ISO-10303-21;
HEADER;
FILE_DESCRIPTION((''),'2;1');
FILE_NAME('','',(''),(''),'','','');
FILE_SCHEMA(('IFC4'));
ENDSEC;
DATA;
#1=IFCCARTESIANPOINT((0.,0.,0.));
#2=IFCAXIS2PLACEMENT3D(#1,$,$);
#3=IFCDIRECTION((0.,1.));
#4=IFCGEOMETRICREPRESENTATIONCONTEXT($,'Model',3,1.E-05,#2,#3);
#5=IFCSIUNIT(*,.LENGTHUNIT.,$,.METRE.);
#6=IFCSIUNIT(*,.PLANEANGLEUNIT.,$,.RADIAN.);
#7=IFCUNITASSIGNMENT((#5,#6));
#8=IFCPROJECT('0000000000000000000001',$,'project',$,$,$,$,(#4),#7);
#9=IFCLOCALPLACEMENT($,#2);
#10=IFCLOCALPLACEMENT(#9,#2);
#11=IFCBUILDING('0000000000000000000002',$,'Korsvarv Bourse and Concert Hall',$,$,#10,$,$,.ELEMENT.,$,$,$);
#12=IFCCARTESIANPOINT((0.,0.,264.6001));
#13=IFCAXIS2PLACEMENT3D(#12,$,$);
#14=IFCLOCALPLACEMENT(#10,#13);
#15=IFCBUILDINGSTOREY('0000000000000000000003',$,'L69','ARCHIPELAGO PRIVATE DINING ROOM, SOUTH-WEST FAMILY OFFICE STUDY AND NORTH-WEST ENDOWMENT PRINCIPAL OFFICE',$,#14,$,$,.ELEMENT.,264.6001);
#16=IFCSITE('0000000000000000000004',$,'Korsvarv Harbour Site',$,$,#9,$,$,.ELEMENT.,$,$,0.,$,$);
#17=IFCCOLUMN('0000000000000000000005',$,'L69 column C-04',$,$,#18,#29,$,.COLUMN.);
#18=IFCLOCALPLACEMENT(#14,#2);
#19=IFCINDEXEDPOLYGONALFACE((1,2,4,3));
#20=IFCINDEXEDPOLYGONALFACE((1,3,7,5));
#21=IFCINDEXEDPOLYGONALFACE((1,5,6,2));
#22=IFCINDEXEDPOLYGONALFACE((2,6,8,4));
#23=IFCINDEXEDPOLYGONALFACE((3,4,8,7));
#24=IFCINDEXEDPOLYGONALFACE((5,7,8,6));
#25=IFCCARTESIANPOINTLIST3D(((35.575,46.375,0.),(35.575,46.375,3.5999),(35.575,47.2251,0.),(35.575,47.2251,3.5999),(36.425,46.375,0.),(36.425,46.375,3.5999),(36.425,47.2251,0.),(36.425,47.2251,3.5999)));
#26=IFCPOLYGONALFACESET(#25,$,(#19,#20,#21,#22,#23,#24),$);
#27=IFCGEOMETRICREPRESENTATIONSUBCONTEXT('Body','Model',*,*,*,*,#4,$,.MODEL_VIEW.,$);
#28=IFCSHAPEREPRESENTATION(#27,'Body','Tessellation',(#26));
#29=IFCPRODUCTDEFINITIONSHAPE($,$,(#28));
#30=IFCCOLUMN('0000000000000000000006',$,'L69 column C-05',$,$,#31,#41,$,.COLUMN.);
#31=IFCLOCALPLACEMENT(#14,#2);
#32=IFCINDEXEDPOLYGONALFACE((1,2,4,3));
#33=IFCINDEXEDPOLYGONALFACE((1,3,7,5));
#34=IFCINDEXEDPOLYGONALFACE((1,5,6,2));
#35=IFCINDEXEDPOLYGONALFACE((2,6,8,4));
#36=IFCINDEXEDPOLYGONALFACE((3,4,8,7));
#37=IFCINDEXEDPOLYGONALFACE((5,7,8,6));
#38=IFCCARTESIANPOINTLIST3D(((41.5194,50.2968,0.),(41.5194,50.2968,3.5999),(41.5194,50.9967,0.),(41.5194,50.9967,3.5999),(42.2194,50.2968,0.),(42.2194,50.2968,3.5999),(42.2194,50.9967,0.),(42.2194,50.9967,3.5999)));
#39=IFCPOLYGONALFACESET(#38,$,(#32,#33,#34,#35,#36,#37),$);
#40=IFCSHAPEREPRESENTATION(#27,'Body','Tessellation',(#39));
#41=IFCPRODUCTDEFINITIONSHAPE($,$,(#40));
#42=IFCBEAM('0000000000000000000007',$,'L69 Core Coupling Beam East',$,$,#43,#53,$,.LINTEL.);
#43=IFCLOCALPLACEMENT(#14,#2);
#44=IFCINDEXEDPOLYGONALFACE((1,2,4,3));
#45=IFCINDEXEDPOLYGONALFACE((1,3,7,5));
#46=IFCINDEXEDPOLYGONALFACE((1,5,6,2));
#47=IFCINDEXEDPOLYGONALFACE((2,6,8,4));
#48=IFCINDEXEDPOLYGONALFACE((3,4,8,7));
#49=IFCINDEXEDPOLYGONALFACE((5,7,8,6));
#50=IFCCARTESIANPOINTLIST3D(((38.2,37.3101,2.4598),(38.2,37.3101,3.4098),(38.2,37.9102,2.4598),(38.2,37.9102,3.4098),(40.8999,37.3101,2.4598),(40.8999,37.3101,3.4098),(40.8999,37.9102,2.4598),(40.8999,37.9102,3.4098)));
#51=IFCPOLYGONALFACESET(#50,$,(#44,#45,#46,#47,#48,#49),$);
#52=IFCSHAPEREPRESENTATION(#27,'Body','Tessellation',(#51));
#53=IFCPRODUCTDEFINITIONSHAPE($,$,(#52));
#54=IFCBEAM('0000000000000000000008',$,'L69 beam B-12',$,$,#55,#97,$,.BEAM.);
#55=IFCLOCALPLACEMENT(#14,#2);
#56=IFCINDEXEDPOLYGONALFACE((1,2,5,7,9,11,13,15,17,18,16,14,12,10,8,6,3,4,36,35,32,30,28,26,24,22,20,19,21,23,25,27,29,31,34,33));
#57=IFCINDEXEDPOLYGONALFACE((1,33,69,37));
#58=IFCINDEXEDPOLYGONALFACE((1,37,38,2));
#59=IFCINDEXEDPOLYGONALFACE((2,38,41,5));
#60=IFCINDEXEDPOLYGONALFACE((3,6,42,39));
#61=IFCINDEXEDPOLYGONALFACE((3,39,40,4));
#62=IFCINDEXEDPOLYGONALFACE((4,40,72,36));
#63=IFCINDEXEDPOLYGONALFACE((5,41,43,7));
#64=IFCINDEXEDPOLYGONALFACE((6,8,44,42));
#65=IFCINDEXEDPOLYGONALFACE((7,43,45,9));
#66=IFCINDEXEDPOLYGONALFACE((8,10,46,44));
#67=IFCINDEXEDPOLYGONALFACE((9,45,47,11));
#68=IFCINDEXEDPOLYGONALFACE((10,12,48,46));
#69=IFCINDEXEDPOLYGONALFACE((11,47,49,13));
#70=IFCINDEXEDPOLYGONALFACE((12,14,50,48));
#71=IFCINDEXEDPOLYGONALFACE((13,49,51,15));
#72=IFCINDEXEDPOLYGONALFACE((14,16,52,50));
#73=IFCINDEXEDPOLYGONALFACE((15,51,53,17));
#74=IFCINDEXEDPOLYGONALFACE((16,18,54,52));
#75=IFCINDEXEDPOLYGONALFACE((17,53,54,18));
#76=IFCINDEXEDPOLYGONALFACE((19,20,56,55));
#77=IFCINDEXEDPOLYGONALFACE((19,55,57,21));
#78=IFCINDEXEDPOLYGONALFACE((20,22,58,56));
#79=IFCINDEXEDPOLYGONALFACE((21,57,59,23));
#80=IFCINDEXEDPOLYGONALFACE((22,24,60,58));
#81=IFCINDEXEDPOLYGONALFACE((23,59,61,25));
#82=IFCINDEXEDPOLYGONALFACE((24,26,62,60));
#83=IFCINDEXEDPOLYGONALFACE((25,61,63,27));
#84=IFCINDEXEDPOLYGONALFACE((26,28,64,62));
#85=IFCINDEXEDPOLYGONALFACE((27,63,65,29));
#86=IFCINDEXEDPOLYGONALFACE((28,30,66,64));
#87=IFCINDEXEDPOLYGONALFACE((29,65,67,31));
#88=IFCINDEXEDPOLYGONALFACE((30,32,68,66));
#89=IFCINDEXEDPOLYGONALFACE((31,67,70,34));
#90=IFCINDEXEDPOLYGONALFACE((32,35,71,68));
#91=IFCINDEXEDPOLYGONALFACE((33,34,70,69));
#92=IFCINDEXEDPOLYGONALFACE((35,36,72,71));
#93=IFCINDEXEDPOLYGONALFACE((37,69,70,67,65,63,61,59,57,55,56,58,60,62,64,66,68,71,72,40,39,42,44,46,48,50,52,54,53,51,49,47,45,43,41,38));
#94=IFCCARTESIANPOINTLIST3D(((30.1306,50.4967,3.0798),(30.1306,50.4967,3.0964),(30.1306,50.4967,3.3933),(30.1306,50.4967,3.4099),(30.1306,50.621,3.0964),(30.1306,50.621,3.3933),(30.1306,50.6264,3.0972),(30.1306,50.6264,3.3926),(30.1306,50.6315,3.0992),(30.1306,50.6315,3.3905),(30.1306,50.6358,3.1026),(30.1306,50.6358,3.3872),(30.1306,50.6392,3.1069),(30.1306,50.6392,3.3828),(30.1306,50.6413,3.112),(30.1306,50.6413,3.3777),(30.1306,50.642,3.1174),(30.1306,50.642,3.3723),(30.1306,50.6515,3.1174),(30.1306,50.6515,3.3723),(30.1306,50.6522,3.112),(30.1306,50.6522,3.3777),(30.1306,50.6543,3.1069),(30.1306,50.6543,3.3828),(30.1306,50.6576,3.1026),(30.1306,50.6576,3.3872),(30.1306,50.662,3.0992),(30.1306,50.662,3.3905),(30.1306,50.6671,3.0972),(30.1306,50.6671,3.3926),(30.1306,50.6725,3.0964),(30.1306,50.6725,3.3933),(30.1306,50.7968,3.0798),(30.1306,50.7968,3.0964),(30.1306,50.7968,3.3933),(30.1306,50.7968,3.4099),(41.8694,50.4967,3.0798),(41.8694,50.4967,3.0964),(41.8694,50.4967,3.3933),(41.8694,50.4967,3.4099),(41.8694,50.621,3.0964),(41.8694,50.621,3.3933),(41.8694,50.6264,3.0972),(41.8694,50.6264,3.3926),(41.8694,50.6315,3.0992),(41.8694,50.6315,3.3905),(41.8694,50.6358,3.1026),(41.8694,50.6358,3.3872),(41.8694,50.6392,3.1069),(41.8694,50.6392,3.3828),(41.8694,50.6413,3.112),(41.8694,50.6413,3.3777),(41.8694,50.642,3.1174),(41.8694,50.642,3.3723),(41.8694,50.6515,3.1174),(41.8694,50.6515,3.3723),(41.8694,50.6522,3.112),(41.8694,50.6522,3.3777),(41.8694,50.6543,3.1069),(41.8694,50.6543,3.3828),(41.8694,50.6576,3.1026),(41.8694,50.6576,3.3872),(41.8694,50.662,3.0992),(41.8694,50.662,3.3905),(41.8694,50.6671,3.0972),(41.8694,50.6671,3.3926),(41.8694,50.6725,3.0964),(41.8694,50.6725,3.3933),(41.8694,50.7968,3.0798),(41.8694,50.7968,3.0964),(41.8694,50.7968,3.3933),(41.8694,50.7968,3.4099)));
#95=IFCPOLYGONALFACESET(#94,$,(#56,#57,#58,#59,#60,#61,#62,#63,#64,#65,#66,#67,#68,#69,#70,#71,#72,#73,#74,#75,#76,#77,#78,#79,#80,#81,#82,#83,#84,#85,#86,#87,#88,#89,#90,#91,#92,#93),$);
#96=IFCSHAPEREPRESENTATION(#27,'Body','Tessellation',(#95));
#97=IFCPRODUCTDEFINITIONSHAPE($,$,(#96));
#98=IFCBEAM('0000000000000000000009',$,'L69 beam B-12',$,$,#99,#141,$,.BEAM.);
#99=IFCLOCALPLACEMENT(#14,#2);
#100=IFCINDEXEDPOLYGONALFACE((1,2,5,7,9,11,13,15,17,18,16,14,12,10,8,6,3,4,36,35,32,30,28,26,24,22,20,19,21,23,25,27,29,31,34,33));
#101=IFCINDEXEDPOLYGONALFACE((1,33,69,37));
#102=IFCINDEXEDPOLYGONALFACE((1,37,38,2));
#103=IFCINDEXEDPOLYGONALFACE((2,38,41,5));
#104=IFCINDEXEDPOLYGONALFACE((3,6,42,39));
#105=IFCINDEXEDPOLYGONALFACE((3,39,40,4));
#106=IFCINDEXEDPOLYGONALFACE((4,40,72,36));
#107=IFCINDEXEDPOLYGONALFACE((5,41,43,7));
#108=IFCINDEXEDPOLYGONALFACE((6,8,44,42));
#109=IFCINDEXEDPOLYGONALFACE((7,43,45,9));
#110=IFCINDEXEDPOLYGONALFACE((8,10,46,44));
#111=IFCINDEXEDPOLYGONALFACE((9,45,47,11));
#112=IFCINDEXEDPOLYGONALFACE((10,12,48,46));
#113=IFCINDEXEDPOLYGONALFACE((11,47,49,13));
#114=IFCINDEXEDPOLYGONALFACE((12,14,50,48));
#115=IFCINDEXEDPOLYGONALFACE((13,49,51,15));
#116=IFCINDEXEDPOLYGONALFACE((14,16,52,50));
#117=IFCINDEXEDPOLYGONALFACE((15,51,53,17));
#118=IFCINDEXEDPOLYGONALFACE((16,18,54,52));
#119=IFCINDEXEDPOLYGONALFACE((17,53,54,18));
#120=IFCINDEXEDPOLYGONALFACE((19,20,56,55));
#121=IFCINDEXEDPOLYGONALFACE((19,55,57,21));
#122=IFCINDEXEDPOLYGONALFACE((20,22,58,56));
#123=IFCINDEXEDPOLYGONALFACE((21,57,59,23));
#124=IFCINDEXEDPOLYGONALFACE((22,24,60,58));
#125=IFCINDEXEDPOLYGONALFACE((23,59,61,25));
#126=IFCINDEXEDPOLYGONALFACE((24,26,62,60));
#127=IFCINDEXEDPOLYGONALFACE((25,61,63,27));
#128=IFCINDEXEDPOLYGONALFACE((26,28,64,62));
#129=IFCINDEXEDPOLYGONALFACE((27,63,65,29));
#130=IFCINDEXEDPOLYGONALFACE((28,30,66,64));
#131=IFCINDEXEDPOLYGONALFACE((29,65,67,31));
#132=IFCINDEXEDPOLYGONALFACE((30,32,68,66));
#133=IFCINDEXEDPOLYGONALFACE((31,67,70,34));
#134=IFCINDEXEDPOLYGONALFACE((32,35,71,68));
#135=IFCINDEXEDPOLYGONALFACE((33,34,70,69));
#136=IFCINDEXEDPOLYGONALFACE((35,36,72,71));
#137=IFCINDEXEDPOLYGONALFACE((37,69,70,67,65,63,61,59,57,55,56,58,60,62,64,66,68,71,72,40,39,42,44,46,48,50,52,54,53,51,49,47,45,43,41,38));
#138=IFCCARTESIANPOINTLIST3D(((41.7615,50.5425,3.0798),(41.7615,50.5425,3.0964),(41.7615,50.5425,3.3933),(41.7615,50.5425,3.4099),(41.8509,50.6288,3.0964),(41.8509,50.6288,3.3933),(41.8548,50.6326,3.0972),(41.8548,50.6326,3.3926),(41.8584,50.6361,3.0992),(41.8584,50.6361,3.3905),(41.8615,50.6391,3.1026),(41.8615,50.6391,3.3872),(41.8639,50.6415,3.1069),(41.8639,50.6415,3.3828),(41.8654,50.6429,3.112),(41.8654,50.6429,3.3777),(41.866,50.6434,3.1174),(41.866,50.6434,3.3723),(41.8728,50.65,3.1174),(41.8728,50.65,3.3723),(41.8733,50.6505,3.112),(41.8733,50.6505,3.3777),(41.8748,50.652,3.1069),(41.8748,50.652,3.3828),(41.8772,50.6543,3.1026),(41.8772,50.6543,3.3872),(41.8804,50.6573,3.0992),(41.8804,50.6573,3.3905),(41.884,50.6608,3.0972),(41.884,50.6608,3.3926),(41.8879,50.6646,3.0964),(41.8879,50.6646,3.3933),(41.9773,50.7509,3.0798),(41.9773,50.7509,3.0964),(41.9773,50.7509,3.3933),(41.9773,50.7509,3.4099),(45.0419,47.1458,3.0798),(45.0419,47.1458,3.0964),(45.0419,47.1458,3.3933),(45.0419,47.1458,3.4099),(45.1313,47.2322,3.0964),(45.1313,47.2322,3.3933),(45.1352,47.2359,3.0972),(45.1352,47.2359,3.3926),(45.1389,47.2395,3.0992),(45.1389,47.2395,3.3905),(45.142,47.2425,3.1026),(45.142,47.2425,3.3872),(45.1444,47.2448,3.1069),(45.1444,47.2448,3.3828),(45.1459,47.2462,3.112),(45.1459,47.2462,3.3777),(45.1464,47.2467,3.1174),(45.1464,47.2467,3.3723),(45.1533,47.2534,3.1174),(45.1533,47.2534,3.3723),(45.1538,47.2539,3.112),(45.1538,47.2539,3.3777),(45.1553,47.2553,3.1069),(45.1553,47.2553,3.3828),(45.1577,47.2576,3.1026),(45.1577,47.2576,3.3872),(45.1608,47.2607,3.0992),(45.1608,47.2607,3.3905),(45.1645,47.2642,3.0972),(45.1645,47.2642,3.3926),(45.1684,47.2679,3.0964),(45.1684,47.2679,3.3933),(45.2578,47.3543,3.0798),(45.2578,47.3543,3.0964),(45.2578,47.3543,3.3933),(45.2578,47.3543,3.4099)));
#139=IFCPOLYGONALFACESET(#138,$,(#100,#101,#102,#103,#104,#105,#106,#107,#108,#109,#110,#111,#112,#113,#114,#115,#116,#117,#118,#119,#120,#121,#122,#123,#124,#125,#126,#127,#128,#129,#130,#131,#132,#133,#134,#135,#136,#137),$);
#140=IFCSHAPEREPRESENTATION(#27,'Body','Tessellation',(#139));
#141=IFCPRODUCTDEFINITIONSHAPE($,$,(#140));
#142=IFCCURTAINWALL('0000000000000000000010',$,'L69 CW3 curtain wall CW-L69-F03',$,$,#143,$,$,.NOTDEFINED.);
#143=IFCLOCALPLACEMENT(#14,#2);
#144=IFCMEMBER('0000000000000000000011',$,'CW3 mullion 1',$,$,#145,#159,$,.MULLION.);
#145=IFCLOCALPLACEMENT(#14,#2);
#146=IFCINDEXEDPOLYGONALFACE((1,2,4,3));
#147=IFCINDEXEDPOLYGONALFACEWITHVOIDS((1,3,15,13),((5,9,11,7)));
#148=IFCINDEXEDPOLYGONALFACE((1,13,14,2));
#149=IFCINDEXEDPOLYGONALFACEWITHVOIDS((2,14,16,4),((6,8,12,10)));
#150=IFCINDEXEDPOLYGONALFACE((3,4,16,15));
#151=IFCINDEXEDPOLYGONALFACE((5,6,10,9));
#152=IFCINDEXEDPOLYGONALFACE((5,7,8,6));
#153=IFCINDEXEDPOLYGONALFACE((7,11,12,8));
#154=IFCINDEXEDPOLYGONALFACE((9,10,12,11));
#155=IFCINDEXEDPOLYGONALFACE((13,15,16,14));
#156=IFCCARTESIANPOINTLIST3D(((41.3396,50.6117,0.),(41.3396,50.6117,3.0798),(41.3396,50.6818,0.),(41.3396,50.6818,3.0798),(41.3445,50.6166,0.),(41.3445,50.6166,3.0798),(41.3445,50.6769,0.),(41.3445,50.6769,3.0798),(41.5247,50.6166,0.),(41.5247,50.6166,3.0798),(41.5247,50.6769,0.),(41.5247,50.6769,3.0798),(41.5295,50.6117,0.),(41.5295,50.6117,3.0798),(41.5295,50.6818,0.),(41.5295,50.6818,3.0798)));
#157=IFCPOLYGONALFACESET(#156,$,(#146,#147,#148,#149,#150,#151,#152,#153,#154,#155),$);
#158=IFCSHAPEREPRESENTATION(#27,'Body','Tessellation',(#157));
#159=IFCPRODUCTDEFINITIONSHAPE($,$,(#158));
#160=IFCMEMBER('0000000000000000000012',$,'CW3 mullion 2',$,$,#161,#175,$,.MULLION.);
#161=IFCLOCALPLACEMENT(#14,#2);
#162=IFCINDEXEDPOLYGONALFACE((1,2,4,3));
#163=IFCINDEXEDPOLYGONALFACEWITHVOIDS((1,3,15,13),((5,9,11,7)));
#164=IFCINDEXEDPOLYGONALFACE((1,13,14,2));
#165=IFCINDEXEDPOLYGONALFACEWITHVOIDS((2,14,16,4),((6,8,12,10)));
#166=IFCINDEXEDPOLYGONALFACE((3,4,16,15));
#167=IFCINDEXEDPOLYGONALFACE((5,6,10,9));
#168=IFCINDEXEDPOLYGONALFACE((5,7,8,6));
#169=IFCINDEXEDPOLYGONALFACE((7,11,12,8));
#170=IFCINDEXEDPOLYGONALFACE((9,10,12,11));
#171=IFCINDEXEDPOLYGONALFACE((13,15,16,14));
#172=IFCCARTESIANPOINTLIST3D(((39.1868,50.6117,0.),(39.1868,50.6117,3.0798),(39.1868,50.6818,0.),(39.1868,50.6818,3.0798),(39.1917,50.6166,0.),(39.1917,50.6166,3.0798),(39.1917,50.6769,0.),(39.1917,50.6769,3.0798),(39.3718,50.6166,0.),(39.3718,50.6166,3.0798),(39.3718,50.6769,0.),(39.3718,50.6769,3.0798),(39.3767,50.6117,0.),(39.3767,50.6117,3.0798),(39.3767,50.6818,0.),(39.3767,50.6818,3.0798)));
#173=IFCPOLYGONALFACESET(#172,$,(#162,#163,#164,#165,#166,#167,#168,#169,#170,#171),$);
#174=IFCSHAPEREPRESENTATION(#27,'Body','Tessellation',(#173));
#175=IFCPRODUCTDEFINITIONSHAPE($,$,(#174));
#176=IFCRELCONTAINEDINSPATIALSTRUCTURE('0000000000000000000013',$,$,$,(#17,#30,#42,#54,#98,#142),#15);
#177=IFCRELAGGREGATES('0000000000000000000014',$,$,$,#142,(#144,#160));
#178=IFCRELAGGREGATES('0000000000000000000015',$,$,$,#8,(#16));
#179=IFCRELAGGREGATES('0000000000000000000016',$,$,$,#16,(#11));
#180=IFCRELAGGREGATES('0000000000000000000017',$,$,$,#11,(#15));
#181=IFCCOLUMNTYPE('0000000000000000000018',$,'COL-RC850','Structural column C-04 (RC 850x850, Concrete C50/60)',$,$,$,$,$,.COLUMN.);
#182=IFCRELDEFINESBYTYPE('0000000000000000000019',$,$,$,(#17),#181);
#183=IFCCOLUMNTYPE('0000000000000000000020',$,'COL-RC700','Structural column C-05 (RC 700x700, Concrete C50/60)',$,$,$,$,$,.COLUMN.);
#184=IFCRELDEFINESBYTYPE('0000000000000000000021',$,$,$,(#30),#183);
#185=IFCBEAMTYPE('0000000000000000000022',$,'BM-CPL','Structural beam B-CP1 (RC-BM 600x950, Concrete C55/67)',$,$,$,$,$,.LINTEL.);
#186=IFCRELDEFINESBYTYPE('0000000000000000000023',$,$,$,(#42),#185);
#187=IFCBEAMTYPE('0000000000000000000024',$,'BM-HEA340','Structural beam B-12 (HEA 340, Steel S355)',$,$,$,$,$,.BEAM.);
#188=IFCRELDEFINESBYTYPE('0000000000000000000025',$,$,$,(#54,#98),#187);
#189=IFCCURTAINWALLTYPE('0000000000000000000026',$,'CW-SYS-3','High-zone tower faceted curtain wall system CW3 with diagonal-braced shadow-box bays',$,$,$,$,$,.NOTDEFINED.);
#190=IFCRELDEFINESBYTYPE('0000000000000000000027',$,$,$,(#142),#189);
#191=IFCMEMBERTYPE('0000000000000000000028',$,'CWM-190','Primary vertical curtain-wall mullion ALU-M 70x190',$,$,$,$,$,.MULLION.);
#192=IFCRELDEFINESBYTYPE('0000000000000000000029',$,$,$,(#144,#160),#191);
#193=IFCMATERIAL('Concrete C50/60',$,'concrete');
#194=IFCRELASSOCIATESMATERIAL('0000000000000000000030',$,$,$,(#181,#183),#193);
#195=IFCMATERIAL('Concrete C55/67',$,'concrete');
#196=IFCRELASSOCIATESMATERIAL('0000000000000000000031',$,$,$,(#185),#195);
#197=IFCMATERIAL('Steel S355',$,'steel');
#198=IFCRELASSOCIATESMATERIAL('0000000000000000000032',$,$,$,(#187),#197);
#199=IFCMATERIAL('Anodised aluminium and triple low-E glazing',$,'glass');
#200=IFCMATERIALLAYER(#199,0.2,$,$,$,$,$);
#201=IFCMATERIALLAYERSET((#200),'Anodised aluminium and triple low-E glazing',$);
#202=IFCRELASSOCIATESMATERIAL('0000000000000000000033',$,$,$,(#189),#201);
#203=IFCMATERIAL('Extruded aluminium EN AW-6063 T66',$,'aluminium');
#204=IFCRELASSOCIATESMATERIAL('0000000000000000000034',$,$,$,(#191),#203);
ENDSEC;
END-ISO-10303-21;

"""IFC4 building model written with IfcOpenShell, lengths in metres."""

from ifc_helpers import new_model, si_unit, direction, frame, origin, origin_2d, place, context, subcontext, project, spatial, rectangle, hollow_rectangle, i_section, extrude, source, transform, mapped, material, layer, layer_set, material_profile, profile_set, type_object, element, aggregate, save


model = new_model("IFC4")

# Units and contexts
model_context = context("Model", 3, precision=1e-05, world=origin(), true_north=direction((0.0, 1.0)))
body_context = subcontext(model_context, "Body", "Model", "MODEL_VIEW")
ifc_project = project(units=[si_unit("LENGTHUNIT", "METRE"), si_unit("PLANEANGLEUNIT", "RADIAN")], contexts=[model_context])

# Site, building, storey
site_placement = place(None, origin())
site = spatial("IfcSite", under=ifc_project, at=site_placement, Name="Korsvarv Harbour Site", CompositionType="ELEMENT", RefElevation=0.0)
building_placement = place(site_placement, origin())
building = spatial("IfcBuilding", under=site, at=building_placement, Name="Korsvarv Bourse and Concert Hall", CompositionType="ELEMENT")
storey_placement = place(building_placement, frame((0.0, 0.0, 264.6001)))
storey = spatial("IfcBuildingStorey", under=building, at=storey_placement, Name="L69", Description="ARCHIPELAGO PRIVATE DINING ROOM, SOUTH-WEST FAMILY OFFICE STUDY AND NORTH-WEST ENDOWMENT PRINCIPAL OFFICE", CompositionType="ELEMENT", Elevation=264.6001)

# Columns
ifc_material_1 = material(Name="Concrete C50/60", Category="concrete")
ifc_material_profile_1 = material_profile(ifc_material_1, rectangle(XDim=0.8501, YDim=0.8501, at=origin_2d()), Name="RC 850x850")
ifc_profile_set_1 = profile_set([ifc_material_profile_1], Name="Concrete C50/60")
column_type_1 = type_object("IfcColumnType", Name="COL-RC850", Description="Structural column C-04 (RC 850x850, Concrete C50/60)", PredefinedType="COLUMN", material=ifc_profile_set_1)
shared_shape_1 = source(origin(), body_context, "Body", "SweptSolid", [
    extrude(rectangle(XDim=0.8501, YDim=0.8501, at=origin_2d()), origin(), (0.0, 0.0, 1.0), 3.5999),
])
column_1_placement = place(storey_placement, frame((36.0, 46.8, 0.0), z_axis=(0.0, 0.0, 1.0), x_axis=(1.0, 0.0, 0.0)))
element("IfcColumn", 1, at=column_1_placement, inside=storey, type_object=column_type_1, Name="L69 column C-04", PredefinedType="COLUMN", context=body_context, shape_type="MappedRepresentation", body=[
    mapped(shared_shape_1, transform((0.0, 0.0, 0.0), scale=1.0)),
])
ifc_material_profile_2 = material_profile(ifc_material_1, rectangle(XDim=0.7, YDim=0.7, at=origin_2d()), Name="RC 700x700")
ifc_profile_set_2 = profile_set([ifc_material_profile_2], Name="Concrete C50/60")
column_type_2 = type_object("IfcColumnType", Name="COL-RC700", Description="Structural column C-05 (RC 700x700, Concrete C50/60)", PredefinedType="COLUMN", material=ifc_profile_set_2)
shared_shape_2 = source(origin(), body_context, "Body", "SweptSolid", [
    extrude(rectangle(XDim=0.7, YDim=0.7, at=origin_2d()), origin(), (0.0, 0.0, 1.0), 3.5999),
])
column_2_placement = place(storey_placement, frame((41.8694, 50.6467, 0.0), z_axis=(0.0, 0.0, 1.0), x_axis=(1.0, 0.0, 0.0)))
element("IfcColumn", 2, at=column_2_placement, inside=storey, type_object=column_type_2, Name="L69 column C-05", PredefinedType="COLUMN", context=body_context, shape_type="MappedRepresentation", body=[
    mapped(shared_shape_2, transform((0.0, 0.0, 0.0), scale=1.0)),
])

# Beams
ifc_material_2 = material(Name="Concrete C55/67", Category="concrete")
ifc_material_profile_3 = material_profile(ifc_material_2, rectangle(XDim=0.6001, YDim=0.95, at=origin_2d()), Name="RC-BM 600x950")
ifc_profile_set_3 = profile_set([ifc_material_profile_3], Name="Concrete C55/67")
beam_type_1 = type_object("IfcBeamType", Name="BM-CPL", Description="Structural beam B-CP1 (RC-BM 600x950, Concrete C55/67)", PredefinedType="LINTEL", material=ifc_profile_set_3)
shared_shape_3 = source(origin(), body_context, "Body", "SweptSolid", [
    extrude(rectangle(XDim=0.6001, YDim=0.95, at=origin_2d()), origin(), (0.0, 0.0, 1.0), 2.7),
])
beam_1_placement = place(storey_placement, frame((38.2, 37.6101, 2.9348), z_axis=(1.0, 0.0, 0.0), x_axis=(0.0, 1.0, 0.0)))
element("IfcBeam", 3, at=beam_1_placement, inside=storey, type_object=beam_type_1, Name="L69 Core Coupling Beam East", PredefinedType="LINTEL", context=body_context, shape_type="MappedRepresentation", body=[
    mapped(shared_shape_3, transform((0.0, 0.0, 0.0), scale=1.0)),
])
ifc_material_3 = material(Name="Steel S355", Category="steel")
ifc_material_profile_4 = material_profile(ifc_material_3, i_section(OverallWidth=0.3, OverallDepth=0.3301, WebThickness=0.0095, FlangeThickness=0.0166, FilletRadius=0.021, at=origin_2d()), Name="HEA 340")
ifc_profile_set_4 = profile_set([ifc_material_profile_4], Name="Steel S355")
beam_type_2 = type_object("IfcBeamType", Name="BM-HEA340", Description="Structural beam B-12 (HEA 340, Steel S355)", PredefinedType="BEAM", material=ifc_profile_set_4)
shared_shape_4 = source(origin(), body_context, "Body", "SweptSolid", [
    extrude(i_section(OverallWidth=0.3, OverallDepth=0.3301, WebThickness=0.0095, FlangeThickness=0.0166, FilletRadius=0.021, at=origin_2d()), origin(), (0.0, 0.0, 1.0), 11.7388),
])
beam_2_placement = place(storey_placement, frame((41.8694, 50.6467, 3.2449), z_axis=(-1.0, 0.0, 0.0), x_axis=(0.0, -1.0, 0.0)))
element("IfcBeam", 4, at=beam_2_placement, inside=storey, type_object=beam_type_2, Name="L69 beam B-12", PredefinedType="BEAM", context=body_context, shape_type="MappedRepresentation", body=[
    mapped(shared_shape_4, transform((0.0, 0.0, 0.0), scale=1.0)),
])
shared_shape_5 = source(origin(), body_context, "Body", "SweptSolid", [
    extrude(i_section(OverallWidth=0.3, OverallDepth=0.3301, WebThickness=0.0095, FlangeThickness=0.0166, FilletRadius=0.021, at=origin_2d()), origin(), (0.0, 0.0, 1.0), 4.7222),
])
beam_3_placement = place(storey_placement, frame((41.8694, 50.6467, 3.2449), z_axis=(0.694695, -0.719304, 0.0), x_axis=(0.719304, 0.694695, 0.0)))
element("IfcBeam", 5, at=beam_3_placement, inside=storey, type_object=beam_type_2, Name="L69 beam B-12", PredefinedType="BEAM", context=body_context, shape_type="MappedRepresentation", body=[
    mapped(shared_shape_5, transform((0.0, 0.0, 0.0), scale=1.0)),
])

# Curtain wall, members
ifc_material_4 = material(Name="Anodised aluminium and triple low-E glazing", Category="glass")
ifc_layer_1 = layer(ifc_material_4, 0.2)
ifc_layer_set_1 = layer_set([ifc_layer_1], Name="Anodised aluminium and triple low-E glazing")
curtain_wall_type = type_object("IfcCurtainWallType", Name="CW-SYS-3", Description="High-zone tower faceted curtain wall system CW3 with diagonal-braced shadow-box bays", PredefinedType="NOTDEFINED", material=ifc_layer_set_1)
curtain_wall_placement = place(storey_placement, origin())
curtain_wall = element("IfcCurtainWall", 6, at=curtain_wall_placement, inside=storey, type_object=curtain_wall_type, Name="L69 CW3 curtain wall CW-L69-F03", PredefinedType="NOTDEFINED")
ifc_material_5 = material(Name="Extruded aluminium EN AW-6063 T66", Category="aluminium")
ifc_material_profile_5 = material_profile(ifc_material_5, hollow_rectangle(XDim=0.0701, YDim=0.1899, WallThickness=0.0049, at=origin_2d()), Name="ALU-M 70x190")
ifc_profile_set_5 = profile_set([ifc_material_profile_5], Name="Extruded aluminium EN AW-6063 T66")
member_type_1 = type_object("IfcMemberType", Name="CWM-190", Description="Primary vertical curtain-wall mullion ALU-M 70x190", PredefinedType="MULLION", material=ifc_profile_set_5)
shared_shape_6 = source(origin(), body_context, "Body", "SweptSolid", [
    extrude(hollow_rectangle(XDim=0.0701, YDim=0.1899, WallThickness=0.0049, at=origin_2d()), origin(), (0.0, 0.0, 1.0), 3.0798),
])
member_1_placement = place(storey_placement, frame((41.4346, 50.6467, 0.0), z_axis=(0.0, 0.0, 1.0), x_axis=(0.0, -1.0, 0.0)))
member_1 = element("IfcMember", 7, at=member_1_placement, type_object=member_type_1, Name="CW3 mullion 1", PredefinedType="MULLION", context=body_context, shape_type="MappedRepresentation", body=[
    mapped(shared_shape_6, transform((0.0, 0.0, 0.0), scale=1.0)),
])
member_2_placement = place(storey_placement, frame((39.2817, 50.6467, 0.0), z_axis=(0.0, 0.0, 1.0), x_axis=(0.0, -1.0, 0.0)))
member_2 = element("IfcMember", 8, at=member_2_placement, type_object=member_type_1, Name="CW3 mullion 2", PredefinedType="MULLION", context=body_context, shape_type="MappedRepresentation", body=[
    mapped(shared_shape_6, transform((0.0, 0.0, 0.0), scale=1.0)),
])
aggregate(curtain_wall, [member_1, member_2])

save(model, "model.ifc")
